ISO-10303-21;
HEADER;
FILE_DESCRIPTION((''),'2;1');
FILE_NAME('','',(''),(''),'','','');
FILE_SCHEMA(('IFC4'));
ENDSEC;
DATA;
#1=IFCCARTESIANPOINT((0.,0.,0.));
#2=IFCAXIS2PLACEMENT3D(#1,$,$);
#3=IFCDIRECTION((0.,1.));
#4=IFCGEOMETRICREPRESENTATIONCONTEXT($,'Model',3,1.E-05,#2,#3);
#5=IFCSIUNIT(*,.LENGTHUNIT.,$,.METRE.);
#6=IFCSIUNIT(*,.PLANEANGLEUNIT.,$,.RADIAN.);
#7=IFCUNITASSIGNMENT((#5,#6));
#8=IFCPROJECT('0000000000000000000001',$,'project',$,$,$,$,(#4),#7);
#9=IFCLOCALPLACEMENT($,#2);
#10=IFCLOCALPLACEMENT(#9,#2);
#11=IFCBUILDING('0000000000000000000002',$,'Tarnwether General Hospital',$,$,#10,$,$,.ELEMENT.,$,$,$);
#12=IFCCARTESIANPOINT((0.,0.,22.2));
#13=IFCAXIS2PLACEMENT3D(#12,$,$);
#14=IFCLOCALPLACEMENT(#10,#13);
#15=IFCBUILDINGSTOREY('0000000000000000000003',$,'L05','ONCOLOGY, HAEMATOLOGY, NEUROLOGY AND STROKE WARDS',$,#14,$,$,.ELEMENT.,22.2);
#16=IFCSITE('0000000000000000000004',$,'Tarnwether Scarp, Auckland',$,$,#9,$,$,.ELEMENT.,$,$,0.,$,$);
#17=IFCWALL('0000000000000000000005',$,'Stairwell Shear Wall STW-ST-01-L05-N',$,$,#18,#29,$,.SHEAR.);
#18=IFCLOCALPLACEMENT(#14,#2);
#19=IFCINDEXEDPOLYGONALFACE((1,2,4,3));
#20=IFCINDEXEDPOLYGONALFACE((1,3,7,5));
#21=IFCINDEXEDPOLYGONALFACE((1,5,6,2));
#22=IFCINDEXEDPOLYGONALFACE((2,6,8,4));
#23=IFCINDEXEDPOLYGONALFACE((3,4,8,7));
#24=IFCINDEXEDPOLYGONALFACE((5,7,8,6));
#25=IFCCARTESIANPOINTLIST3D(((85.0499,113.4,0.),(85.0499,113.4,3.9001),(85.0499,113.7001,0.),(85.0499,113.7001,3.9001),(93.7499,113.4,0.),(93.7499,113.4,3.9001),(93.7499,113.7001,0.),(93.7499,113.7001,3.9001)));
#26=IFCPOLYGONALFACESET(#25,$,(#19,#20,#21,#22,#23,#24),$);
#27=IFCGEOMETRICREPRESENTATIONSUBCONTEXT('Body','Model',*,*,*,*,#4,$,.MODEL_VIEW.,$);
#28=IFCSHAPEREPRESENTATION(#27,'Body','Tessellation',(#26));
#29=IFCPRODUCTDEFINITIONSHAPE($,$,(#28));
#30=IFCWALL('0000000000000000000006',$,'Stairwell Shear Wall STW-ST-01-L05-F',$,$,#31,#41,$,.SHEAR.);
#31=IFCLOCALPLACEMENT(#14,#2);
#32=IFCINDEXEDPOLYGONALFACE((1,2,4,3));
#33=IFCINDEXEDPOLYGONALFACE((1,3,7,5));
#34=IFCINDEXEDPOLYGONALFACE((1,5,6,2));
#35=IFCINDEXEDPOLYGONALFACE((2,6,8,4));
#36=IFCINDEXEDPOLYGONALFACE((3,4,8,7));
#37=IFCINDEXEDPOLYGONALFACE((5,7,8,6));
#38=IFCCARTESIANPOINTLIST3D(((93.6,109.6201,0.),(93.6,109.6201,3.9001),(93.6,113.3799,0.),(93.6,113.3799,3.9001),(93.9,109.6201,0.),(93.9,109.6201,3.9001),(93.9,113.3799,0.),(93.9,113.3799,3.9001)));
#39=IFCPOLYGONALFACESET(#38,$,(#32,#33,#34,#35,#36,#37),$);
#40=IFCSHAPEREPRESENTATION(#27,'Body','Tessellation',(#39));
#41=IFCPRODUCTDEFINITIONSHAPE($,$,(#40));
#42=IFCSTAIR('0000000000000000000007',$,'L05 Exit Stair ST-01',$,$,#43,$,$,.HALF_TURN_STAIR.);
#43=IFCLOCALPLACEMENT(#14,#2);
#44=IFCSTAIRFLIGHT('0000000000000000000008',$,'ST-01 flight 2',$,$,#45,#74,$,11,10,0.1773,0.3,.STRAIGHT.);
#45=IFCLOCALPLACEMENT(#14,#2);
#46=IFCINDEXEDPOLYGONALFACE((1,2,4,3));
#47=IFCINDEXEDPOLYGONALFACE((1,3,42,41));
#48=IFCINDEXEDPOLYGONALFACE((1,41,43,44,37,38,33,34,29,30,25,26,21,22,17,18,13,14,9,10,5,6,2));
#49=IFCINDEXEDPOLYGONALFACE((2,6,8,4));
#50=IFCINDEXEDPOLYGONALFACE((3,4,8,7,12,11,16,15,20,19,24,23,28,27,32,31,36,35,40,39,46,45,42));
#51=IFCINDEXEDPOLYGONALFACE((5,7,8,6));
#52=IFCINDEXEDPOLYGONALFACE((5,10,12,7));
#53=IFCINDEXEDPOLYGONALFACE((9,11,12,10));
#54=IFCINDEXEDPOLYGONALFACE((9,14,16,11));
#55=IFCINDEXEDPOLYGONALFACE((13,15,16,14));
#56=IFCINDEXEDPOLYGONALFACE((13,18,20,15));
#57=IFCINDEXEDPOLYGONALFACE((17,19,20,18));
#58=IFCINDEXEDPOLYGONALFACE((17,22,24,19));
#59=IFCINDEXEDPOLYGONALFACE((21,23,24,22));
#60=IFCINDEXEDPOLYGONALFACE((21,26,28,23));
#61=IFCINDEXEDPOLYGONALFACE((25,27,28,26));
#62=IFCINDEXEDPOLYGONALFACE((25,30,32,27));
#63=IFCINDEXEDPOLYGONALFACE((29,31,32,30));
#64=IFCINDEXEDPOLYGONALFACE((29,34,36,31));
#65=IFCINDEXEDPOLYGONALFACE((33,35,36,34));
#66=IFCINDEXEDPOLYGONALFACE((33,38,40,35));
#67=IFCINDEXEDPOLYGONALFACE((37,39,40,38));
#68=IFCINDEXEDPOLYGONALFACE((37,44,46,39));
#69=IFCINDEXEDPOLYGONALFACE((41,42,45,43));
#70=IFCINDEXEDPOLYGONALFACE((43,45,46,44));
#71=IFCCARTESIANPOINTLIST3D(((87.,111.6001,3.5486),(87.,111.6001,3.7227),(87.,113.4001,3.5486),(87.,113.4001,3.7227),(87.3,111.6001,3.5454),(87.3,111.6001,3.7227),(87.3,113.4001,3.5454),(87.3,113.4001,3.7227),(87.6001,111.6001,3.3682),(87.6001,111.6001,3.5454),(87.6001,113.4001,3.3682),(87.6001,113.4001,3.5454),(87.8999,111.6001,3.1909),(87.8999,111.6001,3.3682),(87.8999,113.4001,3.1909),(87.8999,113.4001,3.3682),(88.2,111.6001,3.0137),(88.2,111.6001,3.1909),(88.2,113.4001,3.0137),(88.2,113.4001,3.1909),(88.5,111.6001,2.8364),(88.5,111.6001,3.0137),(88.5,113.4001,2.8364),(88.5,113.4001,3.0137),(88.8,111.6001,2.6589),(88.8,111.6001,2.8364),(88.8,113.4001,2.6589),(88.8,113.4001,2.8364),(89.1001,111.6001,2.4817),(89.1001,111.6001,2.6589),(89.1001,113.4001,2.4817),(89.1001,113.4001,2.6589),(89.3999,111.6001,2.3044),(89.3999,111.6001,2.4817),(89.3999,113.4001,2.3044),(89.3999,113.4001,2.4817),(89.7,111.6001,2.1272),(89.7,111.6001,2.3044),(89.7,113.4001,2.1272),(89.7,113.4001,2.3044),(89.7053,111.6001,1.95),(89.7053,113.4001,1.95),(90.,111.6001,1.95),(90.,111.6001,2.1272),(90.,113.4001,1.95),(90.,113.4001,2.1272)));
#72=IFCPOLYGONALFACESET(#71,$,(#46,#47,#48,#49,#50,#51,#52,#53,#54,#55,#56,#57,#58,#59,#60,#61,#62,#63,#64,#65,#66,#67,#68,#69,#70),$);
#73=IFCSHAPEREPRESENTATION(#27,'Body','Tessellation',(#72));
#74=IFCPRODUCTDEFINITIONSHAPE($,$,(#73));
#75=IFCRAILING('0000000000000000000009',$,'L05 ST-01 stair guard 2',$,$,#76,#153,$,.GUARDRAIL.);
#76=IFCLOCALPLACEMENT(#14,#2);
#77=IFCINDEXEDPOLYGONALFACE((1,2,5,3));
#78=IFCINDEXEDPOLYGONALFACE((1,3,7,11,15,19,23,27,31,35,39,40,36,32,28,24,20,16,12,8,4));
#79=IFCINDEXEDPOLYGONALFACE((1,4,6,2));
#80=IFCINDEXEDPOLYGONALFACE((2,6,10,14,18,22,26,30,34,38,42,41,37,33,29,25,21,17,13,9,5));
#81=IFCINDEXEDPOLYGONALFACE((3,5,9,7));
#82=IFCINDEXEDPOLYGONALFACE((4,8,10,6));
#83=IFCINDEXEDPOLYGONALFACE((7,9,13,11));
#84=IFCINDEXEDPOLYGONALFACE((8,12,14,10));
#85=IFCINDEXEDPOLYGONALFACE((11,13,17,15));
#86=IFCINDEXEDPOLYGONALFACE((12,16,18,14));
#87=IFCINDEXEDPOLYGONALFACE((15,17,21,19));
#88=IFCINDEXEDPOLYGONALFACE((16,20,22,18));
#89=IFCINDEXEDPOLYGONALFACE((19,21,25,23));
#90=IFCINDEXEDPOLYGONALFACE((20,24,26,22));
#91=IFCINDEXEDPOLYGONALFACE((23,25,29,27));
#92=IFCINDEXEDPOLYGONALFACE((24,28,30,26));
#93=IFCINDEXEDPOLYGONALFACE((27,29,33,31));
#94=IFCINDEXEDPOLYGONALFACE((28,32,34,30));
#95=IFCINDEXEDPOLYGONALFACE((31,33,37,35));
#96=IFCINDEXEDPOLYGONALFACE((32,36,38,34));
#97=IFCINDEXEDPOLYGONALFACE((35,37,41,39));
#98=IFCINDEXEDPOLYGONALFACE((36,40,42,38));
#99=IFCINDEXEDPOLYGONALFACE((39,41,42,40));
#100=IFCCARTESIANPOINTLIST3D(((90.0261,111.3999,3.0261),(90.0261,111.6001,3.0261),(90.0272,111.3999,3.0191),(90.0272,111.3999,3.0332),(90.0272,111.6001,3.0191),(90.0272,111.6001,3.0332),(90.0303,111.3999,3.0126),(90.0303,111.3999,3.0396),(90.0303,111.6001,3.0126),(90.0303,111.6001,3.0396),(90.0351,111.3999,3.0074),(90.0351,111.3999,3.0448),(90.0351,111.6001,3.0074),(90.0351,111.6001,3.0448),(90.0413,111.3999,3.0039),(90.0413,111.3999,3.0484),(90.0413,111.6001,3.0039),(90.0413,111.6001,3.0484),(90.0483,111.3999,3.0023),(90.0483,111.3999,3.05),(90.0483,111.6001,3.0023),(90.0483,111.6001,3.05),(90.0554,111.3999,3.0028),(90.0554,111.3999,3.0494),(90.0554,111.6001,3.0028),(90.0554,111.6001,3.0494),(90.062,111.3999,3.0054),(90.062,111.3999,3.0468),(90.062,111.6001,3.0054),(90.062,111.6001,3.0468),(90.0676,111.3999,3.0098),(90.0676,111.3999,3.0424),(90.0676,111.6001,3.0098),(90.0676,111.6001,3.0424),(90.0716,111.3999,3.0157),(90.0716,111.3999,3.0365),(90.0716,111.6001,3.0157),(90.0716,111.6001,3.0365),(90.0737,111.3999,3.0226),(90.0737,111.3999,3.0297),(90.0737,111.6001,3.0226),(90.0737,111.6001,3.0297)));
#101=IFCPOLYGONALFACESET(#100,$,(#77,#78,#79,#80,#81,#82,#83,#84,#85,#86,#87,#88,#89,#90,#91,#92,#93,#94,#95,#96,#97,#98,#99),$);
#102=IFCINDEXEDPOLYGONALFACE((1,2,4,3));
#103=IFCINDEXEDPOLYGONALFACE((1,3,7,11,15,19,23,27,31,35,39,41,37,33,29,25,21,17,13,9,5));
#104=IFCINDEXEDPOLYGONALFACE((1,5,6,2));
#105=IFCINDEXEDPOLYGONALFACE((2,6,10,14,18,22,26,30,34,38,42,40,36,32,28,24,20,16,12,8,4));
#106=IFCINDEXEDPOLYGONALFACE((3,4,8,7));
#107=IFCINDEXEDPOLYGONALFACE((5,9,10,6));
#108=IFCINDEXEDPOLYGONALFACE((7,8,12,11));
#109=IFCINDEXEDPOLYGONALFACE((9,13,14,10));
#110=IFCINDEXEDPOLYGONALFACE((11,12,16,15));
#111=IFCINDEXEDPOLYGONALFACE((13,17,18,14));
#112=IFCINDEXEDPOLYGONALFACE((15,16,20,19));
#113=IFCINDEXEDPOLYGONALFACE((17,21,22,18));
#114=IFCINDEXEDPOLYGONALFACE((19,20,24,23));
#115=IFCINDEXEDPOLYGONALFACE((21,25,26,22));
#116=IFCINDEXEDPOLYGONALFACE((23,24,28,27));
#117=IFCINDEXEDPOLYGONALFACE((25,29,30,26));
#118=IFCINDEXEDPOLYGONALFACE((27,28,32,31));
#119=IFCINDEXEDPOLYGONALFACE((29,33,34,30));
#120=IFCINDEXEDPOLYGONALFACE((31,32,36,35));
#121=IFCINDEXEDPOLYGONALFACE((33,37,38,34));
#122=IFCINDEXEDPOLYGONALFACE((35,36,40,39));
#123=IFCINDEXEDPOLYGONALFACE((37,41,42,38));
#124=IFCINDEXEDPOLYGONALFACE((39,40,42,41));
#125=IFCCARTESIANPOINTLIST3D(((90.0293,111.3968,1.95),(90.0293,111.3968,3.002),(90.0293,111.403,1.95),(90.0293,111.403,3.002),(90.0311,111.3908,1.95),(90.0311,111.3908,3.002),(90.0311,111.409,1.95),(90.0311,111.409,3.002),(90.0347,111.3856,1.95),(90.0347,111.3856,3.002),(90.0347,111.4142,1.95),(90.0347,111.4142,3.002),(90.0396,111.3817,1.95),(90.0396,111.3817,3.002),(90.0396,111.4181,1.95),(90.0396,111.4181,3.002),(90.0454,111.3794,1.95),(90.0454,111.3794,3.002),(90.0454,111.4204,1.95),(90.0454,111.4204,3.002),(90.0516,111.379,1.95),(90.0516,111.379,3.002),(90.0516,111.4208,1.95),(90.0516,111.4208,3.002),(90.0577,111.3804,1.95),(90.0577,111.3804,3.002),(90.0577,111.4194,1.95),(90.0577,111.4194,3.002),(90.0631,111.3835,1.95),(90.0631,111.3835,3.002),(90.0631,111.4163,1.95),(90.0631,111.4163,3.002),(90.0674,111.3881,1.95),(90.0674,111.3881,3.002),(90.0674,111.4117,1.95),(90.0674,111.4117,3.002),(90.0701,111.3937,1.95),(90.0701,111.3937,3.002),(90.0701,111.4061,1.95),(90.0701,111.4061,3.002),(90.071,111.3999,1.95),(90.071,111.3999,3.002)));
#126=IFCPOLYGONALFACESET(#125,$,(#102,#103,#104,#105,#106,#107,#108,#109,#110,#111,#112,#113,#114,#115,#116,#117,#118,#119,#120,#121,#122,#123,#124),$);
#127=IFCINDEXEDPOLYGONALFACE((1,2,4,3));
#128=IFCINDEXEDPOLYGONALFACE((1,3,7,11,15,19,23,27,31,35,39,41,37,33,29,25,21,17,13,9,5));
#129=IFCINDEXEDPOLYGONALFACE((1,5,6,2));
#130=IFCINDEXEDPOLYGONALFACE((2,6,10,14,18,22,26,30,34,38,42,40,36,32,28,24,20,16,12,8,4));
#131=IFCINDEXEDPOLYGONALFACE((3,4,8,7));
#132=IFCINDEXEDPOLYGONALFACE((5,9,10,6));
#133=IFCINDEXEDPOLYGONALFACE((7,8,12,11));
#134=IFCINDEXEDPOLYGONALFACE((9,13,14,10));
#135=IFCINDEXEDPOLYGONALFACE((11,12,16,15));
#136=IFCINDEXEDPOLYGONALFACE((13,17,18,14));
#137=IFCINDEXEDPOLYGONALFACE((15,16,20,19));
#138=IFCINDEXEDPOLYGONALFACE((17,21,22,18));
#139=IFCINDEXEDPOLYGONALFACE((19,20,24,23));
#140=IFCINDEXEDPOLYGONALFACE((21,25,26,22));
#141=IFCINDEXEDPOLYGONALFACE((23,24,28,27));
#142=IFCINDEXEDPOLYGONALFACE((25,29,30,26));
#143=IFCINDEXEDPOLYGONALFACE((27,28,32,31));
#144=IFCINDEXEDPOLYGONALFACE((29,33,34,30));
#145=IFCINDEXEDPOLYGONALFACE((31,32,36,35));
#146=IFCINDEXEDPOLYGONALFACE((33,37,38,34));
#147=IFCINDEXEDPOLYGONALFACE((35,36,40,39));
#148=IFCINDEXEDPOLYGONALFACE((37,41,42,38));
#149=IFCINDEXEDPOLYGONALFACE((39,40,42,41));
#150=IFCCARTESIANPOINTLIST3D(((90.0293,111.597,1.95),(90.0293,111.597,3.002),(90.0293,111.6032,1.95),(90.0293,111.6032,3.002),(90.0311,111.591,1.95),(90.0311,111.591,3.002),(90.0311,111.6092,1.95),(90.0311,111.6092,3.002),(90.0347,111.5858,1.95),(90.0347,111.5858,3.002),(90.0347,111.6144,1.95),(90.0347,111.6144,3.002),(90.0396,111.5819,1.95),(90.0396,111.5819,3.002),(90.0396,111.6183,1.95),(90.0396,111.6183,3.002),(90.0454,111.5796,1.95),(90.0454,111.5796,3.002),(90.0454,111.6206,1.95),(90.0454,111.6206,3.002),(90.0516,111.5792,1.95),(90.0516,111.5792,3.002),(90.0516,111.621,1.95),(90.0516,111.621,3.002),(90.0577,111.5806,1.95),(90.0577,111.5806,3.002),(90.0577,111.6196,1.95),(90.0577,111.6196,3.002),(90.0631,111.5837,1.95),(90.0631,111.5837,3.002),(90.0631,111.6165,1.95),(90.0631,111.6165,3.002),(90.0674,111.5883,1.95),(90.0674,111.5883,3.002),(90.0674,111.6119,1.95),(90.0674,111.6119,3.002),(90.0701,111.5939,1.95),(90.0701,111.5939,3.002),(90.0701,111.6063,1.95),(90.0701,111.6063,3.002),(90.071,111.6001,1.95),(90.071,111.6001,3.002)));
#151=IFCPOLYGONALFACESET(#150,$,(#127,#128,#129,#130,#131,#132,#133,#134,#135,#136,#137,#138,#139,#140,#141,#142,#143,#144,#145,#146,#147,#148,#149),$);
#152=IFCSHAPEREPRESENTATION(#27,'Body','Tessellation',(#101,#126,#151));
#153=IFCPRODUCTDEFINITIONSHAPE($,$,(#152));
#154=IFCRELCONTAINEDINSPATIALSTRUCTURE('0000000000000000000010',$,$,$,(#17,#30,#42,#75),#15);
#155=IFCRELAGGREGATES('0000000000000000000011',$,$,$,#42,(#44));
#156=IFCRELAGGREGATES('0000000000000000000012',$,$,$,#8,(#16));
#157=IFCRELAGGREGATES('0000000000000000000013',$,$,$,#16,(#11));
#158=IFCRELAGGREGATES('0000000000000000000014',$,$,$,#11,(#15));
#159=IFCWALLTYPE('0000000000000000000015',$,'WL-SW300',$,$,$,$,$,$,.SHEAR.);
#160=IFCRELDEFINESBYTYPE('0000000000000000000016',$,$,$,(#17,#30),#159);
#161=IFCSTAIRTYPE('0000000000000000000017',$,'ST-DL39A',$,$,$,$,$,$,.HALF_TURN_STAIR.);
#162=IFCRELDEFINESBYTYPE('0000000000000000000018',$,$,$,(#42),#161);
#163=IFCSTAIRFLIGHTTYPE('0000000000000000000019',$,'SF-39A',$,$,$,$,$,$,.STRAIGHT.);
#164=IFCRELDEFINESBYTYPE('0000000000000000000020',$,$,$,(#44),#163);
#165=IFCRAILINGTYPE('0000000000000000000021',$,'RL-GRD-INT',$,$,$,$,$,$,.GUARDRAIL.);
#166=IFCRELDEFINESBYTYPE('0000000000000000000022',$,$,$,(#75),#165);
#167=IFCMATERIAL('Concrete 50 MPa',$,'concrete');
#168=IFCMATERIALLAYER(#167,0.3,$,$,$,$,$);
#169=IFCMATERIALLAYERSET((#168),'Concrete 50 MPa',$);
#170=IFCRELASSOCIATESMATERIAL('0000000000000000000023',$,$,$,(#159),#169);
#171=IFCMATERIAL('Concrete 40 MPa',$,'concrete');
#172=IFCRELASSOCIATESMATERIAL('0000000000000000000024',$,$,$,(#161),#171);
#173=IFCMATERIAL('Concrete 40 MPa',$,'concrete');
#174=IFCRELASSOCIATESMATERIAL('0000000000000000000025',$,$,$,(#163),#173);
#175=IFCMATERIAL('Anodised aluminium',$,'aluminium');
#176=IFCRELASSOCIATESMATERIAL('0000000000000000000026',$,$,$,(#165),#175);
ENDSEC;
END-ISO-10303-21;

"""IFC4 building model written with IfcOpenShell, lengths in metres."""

from ifc_helpers import new_model, si_unit, direction, frame, frame_2d, origin, origin_2d, place, context, subcontext, project, spatial, polyline, rectangle, circle, outline, extrude, material, layer, layer_set, type_object, element, aggregate, save


model = new_model("IFC4")

# Units and contexts
model_context = context("Model", 3, precision=1e-05, world=origin(), true_north=direction((0.0, 1.0)))
body_context = subcontext(model_context, "Body", "Model", "MODEL_VIEW")
ifc_project = project(units=[si_unit("LENGTHUNIT", "METRE"), si_unit("PLANEANGLEUNIT", "RADIAN")], contexts=[model_context])

# Site, building, storey
site_placement = place(None, origin())
site = spatial("IfcSite", under=ifc_project, at=site_placement, Name="Tarnwether Scarp, Auckland", CompositionType="ELEMENT", RefElevation=0.0)
building_placement = place(site_placement, origin())
building = spatial("IfcBuilding", under=site, at=building_placement, Name="Tarnwether General Hospital", CompositionType="ELEMENT")
storey_placement = place(building_placement, frame((0.0, 0.0, 22.2)))
storey = spatial("IfcBuildingStorey", under=building, at=storey_placement, Name="L05", Description="ONCOLOGY, HAEMATOLOGY, NEUROLOGY AND STROKE WARDS", CompositionType="ELEMENT", Elevation=22.2)

# Walls
ifc_material_1 = material(Name="Concrete 50 MPa", Category="concrete")
ifc_layer_1 = layer(ifc_material_1, 0.3)
ifc_layer_set_1 = layer_set([ifc_layer_1], Name="Concrete 50 MPa")
wall_type_1 = type_object("IfcWallType", Name="WL-SW300", PredefinedType="SHEAR", material=ifc_layer_set_1)
wall_1_placement = place(storey_placement, frame((93.75, 113.55, 0.0), z_axis=(0.0, 0.0, 1.0), x_axis=(-1.0, 0.0, 0.0)))
element("IfcWall", 1, at=wall_1_placement, inside=storey, type_object=wall_type_1, Name="Stairwell Shear Wall STW-ST-01-L05-N", PredefinedType="SHEAR", context=body_context, shape_type="SweptSolid", body=[
    extrude(rectangle(XDim=8.7, YDim=0.3, at=frame_2d((4.3501, 0.0))), origin(), (0.0, 0.0, 1.0), 3.9001),
])
wall_2_placement = place(storey_placement, frame((93.75, 109.6201, 0.0), z_axis=(0.0, 0.0, 1.0), x_axis=(0.0, 1.0, 0.0)))
element("IfcWall", 2, at=wall_2_placement, inside=storey, type_object=wall_type_1, Name="Stairwell Shear Wall STW-ST-01-L05-F", PredefinedType="SHEAR", context=body_context, shape_type="SweptSolid", body=[
    extrude(rectangle(XDim=3.7598, YDim=0.3, at=frame_2d((1.8799, 0.0))), origin(), (0.0, 0.0, 1.0), 3.9001),
])

# Stair, stair flight
ifc_material_2 = material(Name="Concrete 40 MPa", Category="concrete")
stair_type = type_object("IfcStairType", Name="ST-DL39A", PredefinedType="HALF_TURN_STAIR", material=ifc_material_2)
stair_placement = place(storey_placement, origin())
stair = element("IfcStair", 3, at=stair_placement, inside=storey, type_object=stair_type, Name="L05 Exit Stair ST-01", PredefinedType="HALF_TURN_STAIR")
ifc_material_3 = material(Name="Concrete 40 MPa", Category="concrete")
stair_flight_type = type_object("IfcStairFlightType", Name="SF-39A", PredefinedType="STRAIGHT", material=ifc_material_3)
stair_flight_placement = place(storey_placement, frame((90.0, 112.5, 1.95), z_axis=(0.0, 0.0, 1.0), x_axis=(-1.0, 0.0, 0.0)))
stair_flight = element("IfcStairFlight", 4, at=stair_flight_placement, type_object=stair_flight_type, Name="ST-01 flight 2", NumberOfRisers=11, NumberOfTreads=10, PredefinedType="STRAIGHT", RiserHeight=0.1773, TreadLength=0.3, context=body_context, shape_type="SweptSolid", body=[
    extrude(outline(polyline([(0.0, 0.0), (0.0, 0.1772), (0.3, 0.1772), (0.3, 0.3545), (0.6001, 0.3545), (0.6001, 0.5317), (0.8999, 0.5317), (0.8999, 0.709), (1.2, 0.709), (1.2, 0.8865), (1.5, 0.8865), (1.5, 1.0637), (1.8, 1.0637), (1.8, 1.241), (2.1001, 1.241), (2.1001, 1.4182), (2.3999, 1.4182), (2.3999, 1.5955), (2.7, 1.5955), (2.7, 1.7727), (3.0, 1.7727), (3.0, 1.95), (3.0, 1.5986), (0.2947, 0.0), (0.0, 0.0)])), frame((0.0, 0.8999, 0.0), z_axis=(0.0, -1.0, 0.0), x_axis=(1.0, 0.0, 0.0)), (0.0, 0.0, 1.0), 1.8),
])
aggregate(stair, [stair_flight])

# Railing
ifc_material_4 = material(Name="Anodised aluminium", Category="aluminium")
railing_type_1 = type_object("IfcRailingType", Name="RL-GRD-INT", PredefinedType="GUARDRAIL", material=ifc_material_4)
railing_1_placement = place(storey_placement, frame((90.05, 111.3999, 1.95)))
element("IfcRailing", 5, at=railing_1_placement, inside=storey, type_object=railing_type_1, Name="L05 ST-01 stair guard 2", PredefinedType="GUARDRAIL", context=body_context, shape_type="SweptSolid", body=[
    extrude(circle(Radius=0.0239, at=origin_2d()), frame((0.0, 0.0, 1.0762), z_axis=(0.0, 1.0, 0.0), x_axis=(-1.0, 0.0, 0.0)), (0.0, 0.0, 1.0), 0.2002),
    extrude(circle(Radius=0.021, at=origin_2d()), origin(), (0.0, 0.0, 1.0), 1.052),
    extrude(circle(Radius=0.021, at=origin_2d()), frame((0.0, 0.2002, 0.0)), (0.0, 0.0, 1.0), 1.052),
])

save(model, "model.ifc")
